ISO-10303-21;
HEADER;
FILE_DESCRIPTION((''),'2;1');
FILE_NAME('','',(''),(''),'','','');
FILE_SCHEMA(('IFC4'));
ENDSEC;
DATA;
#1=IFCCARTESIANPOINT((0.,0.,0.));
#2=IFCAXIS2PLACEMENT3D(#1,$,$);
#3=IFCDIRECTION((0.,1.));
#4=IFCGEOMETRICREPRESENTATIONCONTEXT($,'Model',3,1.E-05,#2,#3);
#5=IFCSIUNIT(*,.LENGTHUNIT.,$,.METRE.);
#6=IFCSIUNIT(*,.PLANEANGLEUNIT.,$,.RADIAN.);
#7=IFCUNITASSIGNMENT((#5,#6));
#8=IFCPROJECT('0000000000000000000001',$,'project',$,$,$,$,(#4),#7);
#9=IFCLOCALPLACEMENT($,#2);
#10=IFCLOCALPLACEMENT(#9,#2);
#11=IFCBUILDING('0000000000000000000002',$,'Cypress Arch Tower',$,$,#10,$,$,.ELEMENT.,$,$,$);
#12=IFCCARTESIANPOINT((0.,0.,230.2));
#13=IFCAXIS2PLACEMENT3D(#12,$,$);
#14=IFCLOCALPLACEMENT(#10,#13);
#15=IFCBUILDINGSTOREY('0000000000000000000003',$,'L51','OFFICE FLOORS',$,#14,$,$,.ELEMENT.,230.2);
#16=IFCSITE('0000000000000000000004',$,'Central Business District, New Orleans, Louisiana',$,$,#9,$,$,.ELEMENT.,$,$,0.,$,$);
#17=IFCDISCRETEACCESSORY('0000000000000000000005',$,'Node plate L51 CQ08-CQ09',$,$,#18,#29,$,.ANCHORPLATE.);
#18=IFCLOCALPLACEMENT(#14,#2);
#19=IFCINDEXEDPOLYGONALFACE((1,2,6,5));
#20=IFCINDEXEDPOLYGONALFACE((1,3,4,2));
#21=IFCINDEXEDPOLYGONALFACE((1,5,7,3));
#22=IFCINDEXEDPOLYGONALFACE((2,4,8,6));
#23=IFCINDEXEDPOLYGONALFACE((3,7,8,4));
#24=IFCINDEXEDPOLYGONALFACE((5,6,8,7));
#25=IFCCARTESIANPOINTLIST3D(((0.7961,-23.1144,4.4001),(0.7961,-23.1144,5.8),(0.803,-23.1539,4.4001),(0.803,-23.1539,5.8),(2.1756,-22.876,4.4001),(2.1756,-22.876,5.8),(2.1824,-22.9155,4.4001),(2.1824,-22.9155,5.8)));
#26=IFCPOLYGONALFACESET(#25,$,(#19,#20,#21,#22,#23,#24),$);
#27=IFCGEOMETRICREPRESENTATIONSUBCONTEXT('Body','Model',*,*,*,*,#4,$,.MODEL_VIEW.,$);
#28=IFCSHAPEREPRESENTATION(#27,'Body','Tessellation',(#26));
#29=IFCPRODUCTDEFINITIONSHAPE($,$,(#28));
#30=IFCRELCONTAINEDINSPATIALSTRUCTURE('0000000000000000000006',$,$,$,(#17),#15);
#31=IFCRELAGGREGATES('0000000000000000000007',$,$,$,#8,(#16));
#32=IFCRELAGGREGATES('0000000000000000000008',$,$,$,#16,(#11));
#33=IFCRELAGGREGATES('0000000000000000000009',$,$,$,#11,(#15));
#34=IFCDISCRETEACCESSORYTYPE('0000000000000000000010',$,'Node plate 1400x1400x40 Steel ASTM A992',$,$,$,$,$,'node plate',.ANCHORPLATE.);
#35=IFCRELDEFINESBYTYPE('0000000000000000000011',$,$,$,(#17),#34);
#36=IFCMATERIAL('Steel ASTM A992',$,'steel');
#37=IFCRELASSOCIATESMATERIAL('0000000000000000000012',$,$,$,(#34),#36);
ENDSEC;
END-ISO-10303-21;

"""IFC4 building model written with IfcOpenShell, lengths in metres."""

from ifc_helpers import new_model, si_unit, direction, frame, origin, origin_2d, place, context, subcontext, project, spatial, rectangle, extrude, material, material_profile, profile_set, type_object, element, save


model = new_model("IFC4")

# Units and contexts
model_context = context("Model", 3, precision=1e-05, world=origin(), true_north=direction((0.0, 1.0)))
body_context = subcontext(model_context, "Body", "Model", "MODEL_VIEW")
ifc_project = project(units=[si_unit("LENGTHUNIT", "METRE"), si_unit("PLANEANGLEUNIT", "RADIAN")], contexts=[model_context])

# Site, building, storey
site_placement = place(None, origin())
site = spatial("IfcSite", under=ifc_project, at=site_placement, Name="Central Business District, New Orleans, Louisiana", CompositionType="ELEMENT", RefElevation=0.0)
building_placement = place(site_placement, origin())
building = spatial("IfcBuilding", under=site, at=building_placement, Name="Cypress Arch Tower", CompositionType="ELEMENT")
storey_placement = place(building_placement, frame((0.0, 0.0, 230.2)))
storey = spatial("IfcBuildingStorey", under=building, at=storey_placement, Name="L51", Description="OFFICE FLOORS", CompositionType="ELEMENT", Elevation=230.2)

# Discrete accessory
ifc_material_1 = material(Name="Steel ASTM A992", Category="steel")
ifc_material_profile_1 = material_profile(ifc_material_1, rectangle(XDim=1.3999, YDim=1.3999, at=origin_2d()), Name="PL 40 1400x1400")
ifc_profile_set_1 = profile_set([ifc_material_profile_1], Name="Steel ASTM A992")
discrete_accessory_type_1 = type_object("IfcDiscreteAccessoryType", Name="Node plate 1400x1400x40 Steel ASTM A992", ElementType="node plate", PredefinedType="ANCHORPLATE", material=ifc_profile_set_1)
discrete_accessory_placement = place(storey_placement, frame((1.4927, -23.0347, 5.1001), z_axis=(-0.170314, 0.98539, 0.0), x_axis=(-0.98539, -0.170314, 0.0)))
element("IfcDiscreteAccessory", 1, at=discrete_accessory_placement, inside=storey, type_object=discrete_accessory_type_1, Name="Node plate L51 CQ08-CQ09", PredefinedType="ANCHORPLATE", context=body_context, shape_type="SweptSolid", body=[
    extrude(rectangle(XDim=1.3999, YDim=1.3999, at=origin_2d()), origin(), (0.0, 0.0, 1.0), 0.04),
])

save(model, "model.ifc")
